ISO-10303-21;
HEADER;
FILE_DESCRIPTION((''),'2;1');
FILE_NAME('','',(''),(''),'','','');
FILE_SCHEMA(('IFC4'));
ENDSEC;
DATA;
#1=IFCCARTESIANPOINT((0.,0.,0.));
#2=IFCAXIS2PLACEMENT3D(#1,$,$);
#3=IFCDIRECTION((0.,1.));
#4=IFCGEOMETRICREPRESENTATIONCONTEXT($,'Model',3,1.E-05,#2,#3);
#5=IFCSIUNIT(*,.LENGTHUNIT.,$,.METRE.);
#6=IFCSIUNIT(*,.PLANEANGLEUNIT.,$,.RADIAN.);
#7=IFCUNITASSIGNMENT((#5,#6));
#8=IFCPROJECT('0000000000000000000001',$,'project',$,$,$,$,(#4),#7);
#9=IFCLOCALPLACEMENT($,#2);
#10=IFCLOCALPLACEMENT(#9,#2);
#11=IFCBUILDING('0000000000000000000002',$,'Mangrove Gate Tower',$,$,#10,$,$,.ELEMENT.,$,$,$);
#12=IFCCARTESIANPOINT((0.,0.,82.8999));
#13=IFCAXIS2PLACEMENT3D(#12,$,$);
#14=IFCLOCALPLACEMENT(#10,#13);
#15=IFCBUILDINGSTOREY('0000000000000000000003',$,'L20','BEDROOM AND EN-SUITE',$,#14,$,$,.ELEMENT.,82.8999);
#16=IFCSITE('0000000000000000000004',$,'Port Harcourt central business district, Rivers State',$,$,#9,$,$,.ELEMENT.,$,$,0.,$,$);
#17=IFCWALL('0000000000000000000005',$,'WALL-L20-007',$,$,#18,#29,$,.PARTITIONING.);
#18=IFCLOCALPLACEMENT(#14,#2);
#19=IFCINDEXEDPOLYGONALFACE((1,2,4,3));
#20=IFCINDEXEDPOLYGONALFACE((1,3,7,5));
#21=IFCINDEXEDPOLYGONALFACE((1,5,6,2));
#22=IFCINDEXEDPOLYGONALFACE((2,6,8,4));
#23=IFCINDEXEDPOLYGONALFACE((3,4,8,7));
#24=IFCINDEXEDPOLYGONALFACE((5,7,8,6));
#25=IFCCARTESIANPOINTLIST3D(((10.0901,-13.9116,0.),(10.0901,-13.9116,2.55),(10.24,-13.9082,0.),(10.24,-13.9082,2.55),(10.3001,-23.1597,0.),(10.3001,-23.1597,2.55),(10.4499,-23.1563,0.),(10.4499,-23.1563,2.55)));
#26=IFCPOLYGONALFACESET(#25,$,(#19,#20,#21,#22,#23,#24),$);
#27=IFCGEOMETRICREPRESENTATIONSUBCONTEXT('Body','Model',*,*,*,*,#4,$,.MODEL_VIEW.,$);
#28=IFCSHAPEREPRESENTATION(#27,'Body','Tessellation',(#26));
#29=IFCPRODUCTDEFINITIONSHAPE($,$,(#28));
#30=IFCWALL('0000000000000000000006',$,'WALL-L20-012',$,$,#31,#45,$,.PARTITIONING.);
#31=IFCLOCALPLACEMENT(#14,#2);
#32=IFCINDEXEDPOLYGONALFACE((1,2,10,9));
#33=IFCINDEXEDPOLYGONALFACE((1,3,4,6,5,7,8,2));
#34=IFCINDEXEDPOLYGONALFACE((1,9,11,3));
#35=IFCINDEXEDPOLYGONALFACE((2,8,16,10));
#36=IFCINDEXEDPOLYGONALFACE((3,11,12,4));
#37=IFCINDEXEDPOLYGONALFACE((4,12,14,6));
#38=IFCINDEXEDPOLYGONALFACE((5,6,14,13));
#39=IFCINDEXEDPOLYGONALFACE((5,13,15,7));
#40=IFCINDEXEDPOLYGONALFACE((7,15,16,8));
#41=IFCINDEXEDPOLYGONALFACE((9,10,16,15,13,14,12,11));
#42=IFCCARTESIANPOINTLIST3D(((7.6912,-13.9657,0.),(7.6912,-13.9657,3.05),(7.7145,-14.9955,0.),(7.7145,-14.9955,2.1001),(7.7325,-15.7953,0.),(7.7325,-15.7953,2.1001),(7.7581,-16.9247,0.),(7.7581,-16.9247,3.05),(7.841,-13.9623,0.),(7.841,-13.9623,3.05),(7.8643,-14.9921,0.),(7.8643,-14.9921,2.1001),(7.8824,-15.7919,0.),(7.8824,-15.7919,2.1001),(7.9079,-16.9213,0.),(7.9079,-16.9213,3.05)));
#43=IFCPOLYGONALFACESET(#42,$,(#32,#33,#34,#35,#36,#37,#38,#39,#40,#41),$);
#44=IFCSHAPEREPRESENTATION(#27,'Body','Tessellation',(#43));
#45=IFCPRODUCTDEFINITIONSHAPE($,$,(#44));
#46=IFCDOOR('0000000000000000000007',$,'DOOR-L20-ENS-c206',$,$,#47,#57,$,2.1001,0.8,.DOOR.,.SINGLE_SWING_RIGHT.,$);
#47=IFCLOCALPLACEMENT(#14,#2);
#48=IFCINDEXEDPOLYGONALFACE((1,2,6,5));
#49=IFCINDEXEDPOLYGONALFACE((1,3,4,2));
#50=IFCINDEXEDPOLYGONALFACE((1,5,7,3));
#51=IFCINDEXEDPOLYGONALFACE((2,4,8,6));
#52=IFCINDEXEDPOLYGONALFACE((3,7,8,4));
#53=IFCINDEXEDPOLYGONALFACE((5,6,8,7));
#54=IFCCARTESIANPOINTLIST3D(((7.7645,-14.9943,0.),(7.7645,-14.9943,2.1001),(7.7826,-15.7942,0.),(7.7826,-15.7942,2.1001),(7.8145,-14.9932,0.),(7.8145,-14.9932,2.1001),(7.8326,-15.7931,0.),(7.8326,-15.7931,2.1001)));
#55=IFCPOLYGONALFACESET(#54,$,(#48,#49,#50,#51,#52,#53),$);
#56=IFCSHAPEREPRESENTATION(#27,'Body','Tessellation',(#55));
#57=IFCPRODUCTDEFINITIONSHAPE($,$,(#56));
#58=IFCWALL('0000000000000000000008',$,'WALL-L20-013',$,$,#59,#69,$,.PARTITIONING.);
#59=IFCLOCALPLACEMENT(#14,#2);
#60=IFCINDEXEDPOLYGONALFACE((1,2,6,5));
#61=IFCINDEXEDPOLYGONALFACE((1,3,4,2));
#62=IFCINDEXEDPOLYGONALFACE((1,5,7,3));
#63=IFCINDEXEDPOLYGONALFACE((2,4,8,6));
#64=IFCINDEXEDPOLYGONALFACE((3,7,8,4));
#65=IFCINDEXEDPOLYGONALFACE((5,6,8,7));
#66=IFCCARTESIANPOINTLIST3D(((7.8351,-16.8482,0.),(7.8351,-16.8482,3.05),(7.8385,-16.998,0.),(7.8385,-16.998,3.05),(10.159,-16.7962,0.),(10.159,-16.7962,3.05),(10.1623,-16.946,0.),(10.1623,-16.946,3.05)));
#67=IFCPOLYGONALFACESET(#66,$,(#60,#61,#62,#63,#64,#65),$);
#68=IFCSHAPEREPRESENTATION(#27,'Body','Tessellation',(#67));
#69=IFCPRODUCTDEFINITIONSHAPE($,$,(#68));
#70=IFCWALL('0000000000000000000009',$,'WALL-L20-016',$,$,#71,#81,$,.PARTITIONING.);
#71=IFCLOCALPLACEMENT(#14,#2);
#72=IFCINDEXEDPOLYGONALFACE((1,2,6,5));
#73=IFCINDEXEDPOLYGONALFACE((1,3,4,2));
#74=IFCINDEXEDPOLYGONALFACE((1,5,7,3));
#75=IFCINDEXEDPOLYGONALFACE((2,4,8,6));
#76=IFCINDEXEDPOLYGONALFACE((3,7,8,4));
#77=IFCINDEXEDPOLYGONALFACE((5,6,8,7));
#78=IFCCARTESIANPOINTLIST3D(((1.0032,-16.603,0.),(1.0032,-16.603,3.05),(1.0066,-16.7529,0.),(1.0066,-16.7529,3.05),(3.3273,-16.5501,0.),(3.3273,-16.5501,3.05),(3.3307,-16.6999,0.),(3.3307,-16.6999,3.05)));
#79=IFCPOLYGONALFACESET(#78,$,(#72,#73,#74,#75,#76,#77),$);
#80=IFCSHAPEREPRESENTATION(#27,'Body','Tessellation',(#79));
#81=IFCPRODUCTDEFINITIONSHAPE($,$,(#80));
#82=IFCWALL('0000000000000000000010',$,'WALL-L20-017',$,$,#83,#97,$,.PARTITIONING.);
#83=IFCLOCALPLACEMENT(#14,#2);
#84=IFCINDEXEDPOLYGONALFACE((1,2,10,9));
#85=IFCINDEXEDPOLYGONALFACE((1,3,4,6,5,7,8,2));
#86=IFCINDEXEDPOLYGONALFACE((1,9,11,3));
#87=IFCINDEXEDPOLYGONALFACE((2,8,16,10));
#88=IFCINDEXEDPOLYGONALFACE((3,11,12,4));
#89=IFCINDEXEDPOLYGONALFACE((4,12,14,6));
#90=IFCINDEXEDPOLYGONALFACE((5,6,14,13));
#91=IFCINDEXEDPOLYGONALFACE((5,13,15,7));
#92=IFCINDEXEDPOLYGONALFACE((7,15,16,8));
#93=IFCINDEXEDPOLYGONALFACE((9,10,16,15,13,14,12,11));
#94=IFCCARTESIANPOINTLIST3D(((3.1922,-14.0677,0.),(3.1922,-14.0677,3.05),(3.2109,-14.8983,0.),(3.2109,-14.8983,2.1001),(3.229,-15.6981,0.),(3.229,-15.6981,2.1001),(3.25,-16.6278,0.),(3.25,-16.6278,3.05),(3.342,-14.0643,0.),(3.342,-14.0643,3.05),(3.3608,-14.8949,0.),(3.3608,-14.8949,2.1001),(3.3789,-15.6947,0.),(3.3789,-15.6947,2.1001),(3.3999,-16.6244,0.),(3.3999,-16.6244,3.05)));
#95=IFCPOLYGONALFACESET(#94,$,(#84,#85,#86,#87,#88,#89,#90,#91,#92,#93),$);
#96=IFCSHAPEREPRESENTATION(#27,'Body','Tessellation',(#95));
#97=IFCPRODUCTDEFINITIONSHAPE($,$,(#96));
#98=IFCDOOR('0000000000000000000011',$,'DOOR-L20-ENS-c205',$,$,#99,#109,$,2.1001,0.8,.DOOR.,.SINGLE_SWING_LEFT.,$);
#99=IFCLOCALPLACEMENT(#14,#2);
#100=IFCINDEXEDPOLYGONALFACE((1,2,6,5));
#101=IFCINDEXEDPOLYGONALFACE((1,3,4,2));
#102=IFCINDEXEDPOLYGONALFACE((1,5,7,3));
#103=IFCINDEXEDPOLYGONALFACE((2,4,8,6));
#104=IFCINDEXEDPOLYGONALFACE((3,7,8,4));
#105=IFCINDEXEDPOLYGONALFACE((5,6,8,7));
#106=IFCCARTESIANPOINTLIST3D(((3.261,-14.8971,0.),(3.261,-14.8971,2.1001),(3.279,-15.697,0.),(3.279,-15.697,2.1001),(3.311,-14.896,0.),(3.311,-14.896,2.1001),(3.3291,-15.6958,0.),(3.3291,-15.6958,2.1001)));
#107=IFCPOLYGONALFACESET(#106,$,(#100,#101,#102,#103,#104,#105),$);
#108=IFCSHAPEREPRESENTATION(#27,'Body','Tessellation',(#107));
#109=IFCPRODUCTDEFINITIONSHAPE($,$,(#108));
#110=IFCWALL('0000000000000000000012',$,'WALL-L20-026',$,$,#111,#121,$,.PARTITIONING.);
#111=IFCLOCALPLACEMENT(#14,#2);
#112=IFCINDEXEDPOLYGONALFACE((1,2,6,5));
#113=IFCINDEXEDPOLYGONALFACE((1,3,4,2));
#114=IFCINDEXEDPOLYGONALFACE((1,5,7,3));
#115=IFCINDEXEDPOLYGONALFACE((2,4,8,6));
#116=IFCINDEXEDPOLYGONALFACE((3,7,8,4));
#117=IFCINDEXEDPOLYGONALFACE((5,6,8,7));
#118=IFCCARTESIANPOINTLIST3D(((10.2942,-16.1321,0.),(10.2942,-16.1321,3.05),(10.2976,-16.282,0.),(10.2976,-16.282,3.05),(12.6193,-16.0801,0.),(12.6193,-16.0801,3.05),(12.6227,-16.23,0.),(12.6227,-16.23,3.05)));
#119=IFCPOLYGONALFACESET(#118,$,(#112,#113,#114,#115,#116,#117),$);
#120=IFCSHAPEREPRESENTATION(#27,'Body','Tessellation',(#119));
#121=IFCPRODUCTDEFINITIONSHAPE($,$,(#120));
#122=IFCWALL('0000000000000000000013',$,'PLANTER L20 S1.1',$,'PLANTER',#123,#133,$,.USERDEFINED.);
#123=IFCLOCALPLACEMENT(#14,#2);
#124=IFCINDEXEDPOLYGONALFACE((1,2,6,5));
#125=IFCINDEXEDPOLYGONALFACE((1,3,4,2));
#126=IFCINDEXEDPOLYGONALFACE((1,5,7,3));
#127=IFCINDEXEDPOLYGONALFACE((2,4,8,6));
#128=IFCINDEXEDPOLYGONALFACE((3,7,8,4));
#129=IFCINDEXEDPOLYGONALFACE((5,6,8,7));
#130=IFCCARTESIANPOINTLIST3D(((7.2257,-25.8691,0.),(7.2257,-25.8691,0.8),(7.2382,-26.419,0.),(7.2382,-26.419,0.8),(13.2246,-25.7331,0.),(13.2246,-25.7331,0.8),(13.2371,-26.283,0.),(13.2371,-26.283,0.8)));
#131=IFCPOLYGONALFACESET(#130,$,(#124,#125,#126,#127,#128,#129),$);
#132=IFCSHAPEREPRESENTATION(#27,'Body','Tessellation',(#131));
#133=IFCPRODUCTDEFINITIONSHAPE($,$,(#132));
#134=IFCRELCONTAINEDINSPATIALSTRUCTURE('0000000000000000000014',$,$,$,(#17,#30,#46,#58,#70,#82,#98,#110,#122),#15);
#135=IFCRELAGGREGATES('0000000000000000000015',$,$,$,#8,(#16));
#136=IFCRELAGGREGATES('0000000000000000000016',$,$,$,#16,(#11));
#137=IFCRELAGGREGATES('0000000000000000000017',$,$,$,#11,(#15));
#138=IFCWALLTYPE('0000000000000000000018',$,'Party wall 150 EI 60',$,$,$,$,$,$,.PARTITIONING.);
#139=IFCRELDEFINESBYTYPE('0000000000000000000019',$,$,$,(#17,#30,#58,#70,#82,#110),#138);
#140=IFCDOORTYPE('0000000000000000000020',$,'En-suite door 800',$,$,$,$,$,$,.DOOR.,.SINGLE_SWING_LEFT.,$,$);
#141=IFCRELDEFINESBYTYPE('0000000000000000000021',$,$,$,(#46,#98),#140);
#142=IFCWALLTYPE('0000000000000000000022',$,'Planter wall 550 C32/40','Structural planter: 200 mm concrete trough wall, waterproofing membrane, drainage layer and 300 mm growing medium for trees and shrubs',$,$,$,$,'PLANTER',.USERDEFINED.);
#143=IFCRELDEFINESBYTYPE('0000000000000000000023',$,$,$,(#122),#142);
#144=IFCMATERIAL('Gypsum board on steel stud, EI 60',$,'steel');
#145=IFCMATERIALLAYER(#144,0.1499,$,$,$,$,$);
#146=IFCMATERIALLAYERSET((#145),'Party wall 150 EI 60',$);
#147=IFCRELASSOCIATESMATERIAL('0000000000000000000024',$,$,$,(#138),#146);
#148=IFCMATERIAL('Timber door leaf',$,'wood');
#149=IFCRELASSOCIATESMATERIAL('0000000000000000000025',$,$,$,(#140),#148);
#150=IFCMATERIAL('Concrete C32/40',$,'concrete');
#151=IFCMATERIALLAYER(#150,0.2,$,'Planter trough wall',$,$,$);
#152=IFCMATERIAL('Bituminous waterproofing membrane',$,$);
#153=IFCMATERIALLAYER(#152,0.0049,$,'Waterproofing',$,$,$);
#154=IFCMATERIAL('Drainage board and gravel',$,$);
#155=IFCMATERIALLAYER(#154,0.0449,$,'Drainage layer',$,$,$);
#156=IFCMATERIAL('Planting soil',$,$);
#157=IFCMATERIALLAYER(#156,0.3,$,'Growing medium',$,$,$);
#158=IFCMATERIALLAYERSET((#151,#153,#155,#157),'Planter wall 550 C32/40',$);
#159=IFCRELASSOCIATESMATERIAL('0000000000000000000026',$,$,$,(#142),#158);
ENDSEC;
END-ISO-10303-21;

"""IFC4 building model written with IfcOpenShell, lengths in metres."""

from ifc_helpers import new_model, si_unit, direction, frame, frame_2d, origin, place, context, subcontext, project, spatial, rectangle, extrude, material, layer, layer_set, type_object, element, fill, save


model = new_model("IFC4")

# Units and contexts
model_context = context("Model", 3, precision=1e-05, world=origin(), true_north=direction((0.0, 1.0)))
body_context = subcontext(model_context, "Body", "Model", "MODEL_VIEW")
ifc_project = project(units=[si_unit("LENGTHUNIT", "METRE"), si_unit("PLANEANGLEUNIT", "RADIAN")], contexts=[model_context])

# Site, building, storey
site_placement = place(None, origin())
site = spatial("IfcSite", under=ifc_project, at=site_placement, Name="Port Harcourt central business district, Rivers State", CompositionType="ELEMENT", RefElevation=0.0)
building_placement = place(site_placement, origin())
building = spatial("IfcBuilding", under=site, at=building_placement, Name="Mangrove Gate Tower", CompositionType="ELEMENT")
storey_placement = place(building_placement, frame((0.0, 0.0, 82.8999)))
storey = spatial("IfcBuildingStorey", under=building, at=storey_placement, Name="L20", Description="BEDROOM AND EN-SUITE", CompositionType="ELEMENT", Elevation=82.8999)

# Wall
ifc_material_1 = material(Name="Gypsum board on steel stud, EI 60", Category="steel")
ifc_layer_1 = layer(ifc_material_1, 0.1499)
ifc_layer_set_1 = layer_set([ifc_layer_1], Name="Party wall 150 EI 60")
wall_type_1 = type_object("IfcWallType", Name="Party wall 150 EI 60", PredefinedType="PARTITIONING", material=ifc_layer_set_1)
wall_1_placement = place(storey_placement, frame((10.375, -23.158, 0.0), z_axis=(0.0, 0.0, 1.0), x_axis=(-0.022697, 0.999742, 0.0)))
element("IfcWall", 1, at=wall_1_placement, inside=storey, type_object=wall_type_1, Name="WALL-L20-007", PredefinedType="PARTITIONING", context=body_context, shape_type="SweptSolid", body=[
    extrude(rectangle(XDim=9.2505, YDim=0.1499, at=frame_2d((4.6252, 0.0))), origin(), (0.0, 0.0, 1.0), 2.55),
])

# Wall, opening, door
wall_2_placement = place(storey_placement, frame((7.833, -16.9231, 0.0), z_axis=(0.0, 0.0, 1.0), x_axis=(-0.022601, 0.999745, 0.0)))
wall_2 = element("IfcWall", 2, at=wall_2_placement, inside=storey, type_object=wall_type_1, Name="WALL-L20-012", PredefinedType="PARTITIONING", context=body_context, shape_type="SweptSolid", body=[
    extrude(rectangle(XDim=2.9597, YDim=0.1499, at=frame_2d((1.48, 0.0))), origin(), (0.0, 0.0, 1.0), 3.05),
])
opening_1_placement = place(wall_2_placement, frame((1.1299, 0.0, 0.0)))
opening_1 = element("IfcOpeningElement", 3, at=opening_1_placement, cuts=wall_2, PredefinedType="OPENING", context=body_context, shape_type="SweptSolid", body=[
    extrude(rectangle(XDim=0.8, YDim=2.1001, at=frame_2d((0.3999, 1.05))), frame((0.0, 0.085, 0.0), z_axis=(0.0, -1.0, 0.0), x_axis=(1.0, 0.0, 0.0)), (0.0, 0.0, 1.0), 0.1699),
])
ifc_material_2 = material(Name="Timber door leaf", Category="wood")
door_type_1 = type_object("IfcDoorType", Name="En-suite door 800", OperationType="SINGLE_SWING_LEFT", PredefinedType="DOOR", material=ifc_material_2)
door_1_placement = place(opening_1_placement, origin())
door_1 = element("IfcDoor", 4, at=door_1_placement, inside=storey, type_object=door_type_1, Name="DOOR-L20-ENS-c206", OperationType="SINGLE_SWING_RIGHT", OverallHeight=2.1001, OverallWidth=0.8, PredefinedType="DOOR", context=body_context, shape_type="SweptSolid", body=[
    extrude(rectangle(XDim=0.8, YDim=2.1001, at=frame_2d((0.3999, 1.05))), frame((0.0, 0.0249, 0.0), z_axis=(0.0, -1.0, 0.0), x_axis=(1.0, 0.0, 0.0)), (0.0, 0.0, 1.0), 0.05),
])
fill(opening_1, door_1)

# Walls
wall_3_placement = place(storey_placement, frame((7.8369, -16.9231, 0.0), z_axis=(0.0, 0.0, 1.0), x_axis=(0.99975, 0.022371, 0.0)))
element("IfcWall", 5, at=wall_3_placement, inside=storey, type_object=wall_type_1, Name="WALL-L20-013", PredefinedType="PARTITIONING", context=body_context, shape_type="SweptSolid", body=[
    extrude(rectangle(XDim=2.3245, YDim=0.1499, at=frame_2d((1.1621, 0.0))), origin(), (0.0, 0.0, 1.0), 3.05),
])
wall_4_placement = place(storey_placement, frame((1.0049, -16.678, 0.0), z_axis=(0.0, 0.0, 1.0), x_axis=(0.99974, 0.022788, 0.0)))
element("IfcWall", 6, at=wall_4_placement, inside=storey, type_object=wall_type_1, Name="WALL-L20-016", PredefinedType="PARTITIONING", context=body_context, shape_type="SweptSolid", body=[
    extrude(rectangle(XDim=2.3247, YDim=0.1499, at=frame_2d((1.1624, 0.0))), origin(), (0.0, 0.0, 1.0), 3.05),
])

# Wall, opening, door
wall_5_placement = place(storey_placement, frame((3.325, -16.626, 0.0), z_axis=(0.0, 0.0, 1.0), x_axis=(-0.022596, 0.999745, 0.0)))
wall_5 = element("IfcWall", 7, at=wall_5_placement, inside=storey, type_object=wall_type_1, Name="WALL-L20-017", PredefinedType="PARTITIONING", context=body_context, shape_type="SweptSolid", body=[
    extrude(rectangle(XDim=2.5608, YDim=0.1499, at=frame_2d((1.2803, 0.0))), origin(), (0.0, 0.0, 1.0), 3.05),
])
opening_2_placement = place(wall_5_placement, frame((0.9299, 0.0, 0.0)))
opening_2 = element("IfcOpeningElement", 8, at=opening_2_placement, cuts=wall_5, PredefinedType="OPENING", context=body_context, shape_type="SweptSolid", body=[
    extrude(rectangle(XDim=0.8, YDim=2.1001, at=frame_2d((0.3999, 1.05))), frame((0.0, 0.085, 0.0), z_axis=(0.0, -1.0, 0.0), x_axis=(1.0, 0.0, 0.0)), (0.0, 0.0, 1.0), 0.1699),
])
door_2_placement = place(opening_2_placement, origin())
door_2 = element("IfcDoor", 9, at=door_2_placement, inside=storey, type_object=door_type_1, Name="DOOR-L20-ENS-c205", OperationType="SINGLE_SWING_LEFT", OverallHeight=2.1001, OverallWidth=0.8, PredefinedType="DOOR", context=body_context, shape_type="SweptSolid", body=[
    extrude(rectangle(XDim=0.8, YDim=2.1001, at=frame_2d((0.3999, 1.05))), frame((0.0, 0.0249, 0.0), z_axis=(0.0, -1.0, 0.0), x_axis=(1.0, 0.0, 0.0)), (0.0, 0.0, 1.0), 0.05),
])
fill(opening_2, door_2)

# Walls
wall_6_placement = place(storey_placement, frame((10.2959, -16.207, 0.0), z_axis=(0.0, 0.0, 1.0), x_axis=(0.99975, 0.022359, 0.0)))
element("IfcWall", 10, at=wall_6_placement, inside=storey, type_object=wall_type_1, Name="WALL-L20-026", PredefinedType="PARTITIONING", context=body_context, shape_type="SweptSolid", body=[
    extrude(rectangle(XDim=2.3257, YDim=0.1499, at=frame_2d((1.1628, 0.0))), origin(), (0.0, 0.0, 1.0), 3.05),
])
ifc_material_3 = material(Name="Concrete C32/40", Category="concrete")
ifc_layer_2 = layer(ifc_material_3, 0.2, Name="Planter trough wall")
ifc_material_4 = material(Name="Bituminous waterproofing membrane")
ifc_layer_3 = layer(ifc_material_4, 0.0049, Name="Waterproofing")
ifc_material_5 = material(Name="Drainage board and gravel")
ifc_layer_4 = layer(ifc_material_5, 0.0449, Name="Drainage layer")
ifc_material_6 = material(Name="Planting soil")
ifc_layer_5 = layer(ifc_material_6, 0.3, Name="Growing medium")
ifc_layer_set_2 = layer_set([ifc_layer_2, ifc_layer_3, ifc_layer_4, ifc_layer_5], Name="Planter wall 550 C32/40")
wall_type_2 = type_object("IfcWallType", Name="Planter wall 550 C32/40", Description="Structural planter: 200 mm concrete trough wall, waterproofing membrane, drainage layer and 300 mm growing medium for trees and shrubs", ElementType="PLANTER", PredefinedType="USERDEFINED", material=ifc_layer_set_2)
wall_7_placement = place(storey_placement, frame((7.2319, -26.144, 0.0), z_axis=(0.0, 0.0, 1.0), x_axis=(0.999743, 0.022662, 0.0)))
element("IfcWall", 11, at=wall_7_placement, inside=storey, type_object=wall_type_2, Name="PLANTER L20 S1.1", ObjectType="PLANTER", PredefinedType="USERDEFINED", context=body_context, shape_type="SweptSolid", body=[
    extrude(rectangle(XDim=6.0005, YDim=0.55, at=frame_2d((3.0002, 0.0))), origin(), (0.0, 0.0, 1.0), 0.8),
])

save(model, "model.ifc")
